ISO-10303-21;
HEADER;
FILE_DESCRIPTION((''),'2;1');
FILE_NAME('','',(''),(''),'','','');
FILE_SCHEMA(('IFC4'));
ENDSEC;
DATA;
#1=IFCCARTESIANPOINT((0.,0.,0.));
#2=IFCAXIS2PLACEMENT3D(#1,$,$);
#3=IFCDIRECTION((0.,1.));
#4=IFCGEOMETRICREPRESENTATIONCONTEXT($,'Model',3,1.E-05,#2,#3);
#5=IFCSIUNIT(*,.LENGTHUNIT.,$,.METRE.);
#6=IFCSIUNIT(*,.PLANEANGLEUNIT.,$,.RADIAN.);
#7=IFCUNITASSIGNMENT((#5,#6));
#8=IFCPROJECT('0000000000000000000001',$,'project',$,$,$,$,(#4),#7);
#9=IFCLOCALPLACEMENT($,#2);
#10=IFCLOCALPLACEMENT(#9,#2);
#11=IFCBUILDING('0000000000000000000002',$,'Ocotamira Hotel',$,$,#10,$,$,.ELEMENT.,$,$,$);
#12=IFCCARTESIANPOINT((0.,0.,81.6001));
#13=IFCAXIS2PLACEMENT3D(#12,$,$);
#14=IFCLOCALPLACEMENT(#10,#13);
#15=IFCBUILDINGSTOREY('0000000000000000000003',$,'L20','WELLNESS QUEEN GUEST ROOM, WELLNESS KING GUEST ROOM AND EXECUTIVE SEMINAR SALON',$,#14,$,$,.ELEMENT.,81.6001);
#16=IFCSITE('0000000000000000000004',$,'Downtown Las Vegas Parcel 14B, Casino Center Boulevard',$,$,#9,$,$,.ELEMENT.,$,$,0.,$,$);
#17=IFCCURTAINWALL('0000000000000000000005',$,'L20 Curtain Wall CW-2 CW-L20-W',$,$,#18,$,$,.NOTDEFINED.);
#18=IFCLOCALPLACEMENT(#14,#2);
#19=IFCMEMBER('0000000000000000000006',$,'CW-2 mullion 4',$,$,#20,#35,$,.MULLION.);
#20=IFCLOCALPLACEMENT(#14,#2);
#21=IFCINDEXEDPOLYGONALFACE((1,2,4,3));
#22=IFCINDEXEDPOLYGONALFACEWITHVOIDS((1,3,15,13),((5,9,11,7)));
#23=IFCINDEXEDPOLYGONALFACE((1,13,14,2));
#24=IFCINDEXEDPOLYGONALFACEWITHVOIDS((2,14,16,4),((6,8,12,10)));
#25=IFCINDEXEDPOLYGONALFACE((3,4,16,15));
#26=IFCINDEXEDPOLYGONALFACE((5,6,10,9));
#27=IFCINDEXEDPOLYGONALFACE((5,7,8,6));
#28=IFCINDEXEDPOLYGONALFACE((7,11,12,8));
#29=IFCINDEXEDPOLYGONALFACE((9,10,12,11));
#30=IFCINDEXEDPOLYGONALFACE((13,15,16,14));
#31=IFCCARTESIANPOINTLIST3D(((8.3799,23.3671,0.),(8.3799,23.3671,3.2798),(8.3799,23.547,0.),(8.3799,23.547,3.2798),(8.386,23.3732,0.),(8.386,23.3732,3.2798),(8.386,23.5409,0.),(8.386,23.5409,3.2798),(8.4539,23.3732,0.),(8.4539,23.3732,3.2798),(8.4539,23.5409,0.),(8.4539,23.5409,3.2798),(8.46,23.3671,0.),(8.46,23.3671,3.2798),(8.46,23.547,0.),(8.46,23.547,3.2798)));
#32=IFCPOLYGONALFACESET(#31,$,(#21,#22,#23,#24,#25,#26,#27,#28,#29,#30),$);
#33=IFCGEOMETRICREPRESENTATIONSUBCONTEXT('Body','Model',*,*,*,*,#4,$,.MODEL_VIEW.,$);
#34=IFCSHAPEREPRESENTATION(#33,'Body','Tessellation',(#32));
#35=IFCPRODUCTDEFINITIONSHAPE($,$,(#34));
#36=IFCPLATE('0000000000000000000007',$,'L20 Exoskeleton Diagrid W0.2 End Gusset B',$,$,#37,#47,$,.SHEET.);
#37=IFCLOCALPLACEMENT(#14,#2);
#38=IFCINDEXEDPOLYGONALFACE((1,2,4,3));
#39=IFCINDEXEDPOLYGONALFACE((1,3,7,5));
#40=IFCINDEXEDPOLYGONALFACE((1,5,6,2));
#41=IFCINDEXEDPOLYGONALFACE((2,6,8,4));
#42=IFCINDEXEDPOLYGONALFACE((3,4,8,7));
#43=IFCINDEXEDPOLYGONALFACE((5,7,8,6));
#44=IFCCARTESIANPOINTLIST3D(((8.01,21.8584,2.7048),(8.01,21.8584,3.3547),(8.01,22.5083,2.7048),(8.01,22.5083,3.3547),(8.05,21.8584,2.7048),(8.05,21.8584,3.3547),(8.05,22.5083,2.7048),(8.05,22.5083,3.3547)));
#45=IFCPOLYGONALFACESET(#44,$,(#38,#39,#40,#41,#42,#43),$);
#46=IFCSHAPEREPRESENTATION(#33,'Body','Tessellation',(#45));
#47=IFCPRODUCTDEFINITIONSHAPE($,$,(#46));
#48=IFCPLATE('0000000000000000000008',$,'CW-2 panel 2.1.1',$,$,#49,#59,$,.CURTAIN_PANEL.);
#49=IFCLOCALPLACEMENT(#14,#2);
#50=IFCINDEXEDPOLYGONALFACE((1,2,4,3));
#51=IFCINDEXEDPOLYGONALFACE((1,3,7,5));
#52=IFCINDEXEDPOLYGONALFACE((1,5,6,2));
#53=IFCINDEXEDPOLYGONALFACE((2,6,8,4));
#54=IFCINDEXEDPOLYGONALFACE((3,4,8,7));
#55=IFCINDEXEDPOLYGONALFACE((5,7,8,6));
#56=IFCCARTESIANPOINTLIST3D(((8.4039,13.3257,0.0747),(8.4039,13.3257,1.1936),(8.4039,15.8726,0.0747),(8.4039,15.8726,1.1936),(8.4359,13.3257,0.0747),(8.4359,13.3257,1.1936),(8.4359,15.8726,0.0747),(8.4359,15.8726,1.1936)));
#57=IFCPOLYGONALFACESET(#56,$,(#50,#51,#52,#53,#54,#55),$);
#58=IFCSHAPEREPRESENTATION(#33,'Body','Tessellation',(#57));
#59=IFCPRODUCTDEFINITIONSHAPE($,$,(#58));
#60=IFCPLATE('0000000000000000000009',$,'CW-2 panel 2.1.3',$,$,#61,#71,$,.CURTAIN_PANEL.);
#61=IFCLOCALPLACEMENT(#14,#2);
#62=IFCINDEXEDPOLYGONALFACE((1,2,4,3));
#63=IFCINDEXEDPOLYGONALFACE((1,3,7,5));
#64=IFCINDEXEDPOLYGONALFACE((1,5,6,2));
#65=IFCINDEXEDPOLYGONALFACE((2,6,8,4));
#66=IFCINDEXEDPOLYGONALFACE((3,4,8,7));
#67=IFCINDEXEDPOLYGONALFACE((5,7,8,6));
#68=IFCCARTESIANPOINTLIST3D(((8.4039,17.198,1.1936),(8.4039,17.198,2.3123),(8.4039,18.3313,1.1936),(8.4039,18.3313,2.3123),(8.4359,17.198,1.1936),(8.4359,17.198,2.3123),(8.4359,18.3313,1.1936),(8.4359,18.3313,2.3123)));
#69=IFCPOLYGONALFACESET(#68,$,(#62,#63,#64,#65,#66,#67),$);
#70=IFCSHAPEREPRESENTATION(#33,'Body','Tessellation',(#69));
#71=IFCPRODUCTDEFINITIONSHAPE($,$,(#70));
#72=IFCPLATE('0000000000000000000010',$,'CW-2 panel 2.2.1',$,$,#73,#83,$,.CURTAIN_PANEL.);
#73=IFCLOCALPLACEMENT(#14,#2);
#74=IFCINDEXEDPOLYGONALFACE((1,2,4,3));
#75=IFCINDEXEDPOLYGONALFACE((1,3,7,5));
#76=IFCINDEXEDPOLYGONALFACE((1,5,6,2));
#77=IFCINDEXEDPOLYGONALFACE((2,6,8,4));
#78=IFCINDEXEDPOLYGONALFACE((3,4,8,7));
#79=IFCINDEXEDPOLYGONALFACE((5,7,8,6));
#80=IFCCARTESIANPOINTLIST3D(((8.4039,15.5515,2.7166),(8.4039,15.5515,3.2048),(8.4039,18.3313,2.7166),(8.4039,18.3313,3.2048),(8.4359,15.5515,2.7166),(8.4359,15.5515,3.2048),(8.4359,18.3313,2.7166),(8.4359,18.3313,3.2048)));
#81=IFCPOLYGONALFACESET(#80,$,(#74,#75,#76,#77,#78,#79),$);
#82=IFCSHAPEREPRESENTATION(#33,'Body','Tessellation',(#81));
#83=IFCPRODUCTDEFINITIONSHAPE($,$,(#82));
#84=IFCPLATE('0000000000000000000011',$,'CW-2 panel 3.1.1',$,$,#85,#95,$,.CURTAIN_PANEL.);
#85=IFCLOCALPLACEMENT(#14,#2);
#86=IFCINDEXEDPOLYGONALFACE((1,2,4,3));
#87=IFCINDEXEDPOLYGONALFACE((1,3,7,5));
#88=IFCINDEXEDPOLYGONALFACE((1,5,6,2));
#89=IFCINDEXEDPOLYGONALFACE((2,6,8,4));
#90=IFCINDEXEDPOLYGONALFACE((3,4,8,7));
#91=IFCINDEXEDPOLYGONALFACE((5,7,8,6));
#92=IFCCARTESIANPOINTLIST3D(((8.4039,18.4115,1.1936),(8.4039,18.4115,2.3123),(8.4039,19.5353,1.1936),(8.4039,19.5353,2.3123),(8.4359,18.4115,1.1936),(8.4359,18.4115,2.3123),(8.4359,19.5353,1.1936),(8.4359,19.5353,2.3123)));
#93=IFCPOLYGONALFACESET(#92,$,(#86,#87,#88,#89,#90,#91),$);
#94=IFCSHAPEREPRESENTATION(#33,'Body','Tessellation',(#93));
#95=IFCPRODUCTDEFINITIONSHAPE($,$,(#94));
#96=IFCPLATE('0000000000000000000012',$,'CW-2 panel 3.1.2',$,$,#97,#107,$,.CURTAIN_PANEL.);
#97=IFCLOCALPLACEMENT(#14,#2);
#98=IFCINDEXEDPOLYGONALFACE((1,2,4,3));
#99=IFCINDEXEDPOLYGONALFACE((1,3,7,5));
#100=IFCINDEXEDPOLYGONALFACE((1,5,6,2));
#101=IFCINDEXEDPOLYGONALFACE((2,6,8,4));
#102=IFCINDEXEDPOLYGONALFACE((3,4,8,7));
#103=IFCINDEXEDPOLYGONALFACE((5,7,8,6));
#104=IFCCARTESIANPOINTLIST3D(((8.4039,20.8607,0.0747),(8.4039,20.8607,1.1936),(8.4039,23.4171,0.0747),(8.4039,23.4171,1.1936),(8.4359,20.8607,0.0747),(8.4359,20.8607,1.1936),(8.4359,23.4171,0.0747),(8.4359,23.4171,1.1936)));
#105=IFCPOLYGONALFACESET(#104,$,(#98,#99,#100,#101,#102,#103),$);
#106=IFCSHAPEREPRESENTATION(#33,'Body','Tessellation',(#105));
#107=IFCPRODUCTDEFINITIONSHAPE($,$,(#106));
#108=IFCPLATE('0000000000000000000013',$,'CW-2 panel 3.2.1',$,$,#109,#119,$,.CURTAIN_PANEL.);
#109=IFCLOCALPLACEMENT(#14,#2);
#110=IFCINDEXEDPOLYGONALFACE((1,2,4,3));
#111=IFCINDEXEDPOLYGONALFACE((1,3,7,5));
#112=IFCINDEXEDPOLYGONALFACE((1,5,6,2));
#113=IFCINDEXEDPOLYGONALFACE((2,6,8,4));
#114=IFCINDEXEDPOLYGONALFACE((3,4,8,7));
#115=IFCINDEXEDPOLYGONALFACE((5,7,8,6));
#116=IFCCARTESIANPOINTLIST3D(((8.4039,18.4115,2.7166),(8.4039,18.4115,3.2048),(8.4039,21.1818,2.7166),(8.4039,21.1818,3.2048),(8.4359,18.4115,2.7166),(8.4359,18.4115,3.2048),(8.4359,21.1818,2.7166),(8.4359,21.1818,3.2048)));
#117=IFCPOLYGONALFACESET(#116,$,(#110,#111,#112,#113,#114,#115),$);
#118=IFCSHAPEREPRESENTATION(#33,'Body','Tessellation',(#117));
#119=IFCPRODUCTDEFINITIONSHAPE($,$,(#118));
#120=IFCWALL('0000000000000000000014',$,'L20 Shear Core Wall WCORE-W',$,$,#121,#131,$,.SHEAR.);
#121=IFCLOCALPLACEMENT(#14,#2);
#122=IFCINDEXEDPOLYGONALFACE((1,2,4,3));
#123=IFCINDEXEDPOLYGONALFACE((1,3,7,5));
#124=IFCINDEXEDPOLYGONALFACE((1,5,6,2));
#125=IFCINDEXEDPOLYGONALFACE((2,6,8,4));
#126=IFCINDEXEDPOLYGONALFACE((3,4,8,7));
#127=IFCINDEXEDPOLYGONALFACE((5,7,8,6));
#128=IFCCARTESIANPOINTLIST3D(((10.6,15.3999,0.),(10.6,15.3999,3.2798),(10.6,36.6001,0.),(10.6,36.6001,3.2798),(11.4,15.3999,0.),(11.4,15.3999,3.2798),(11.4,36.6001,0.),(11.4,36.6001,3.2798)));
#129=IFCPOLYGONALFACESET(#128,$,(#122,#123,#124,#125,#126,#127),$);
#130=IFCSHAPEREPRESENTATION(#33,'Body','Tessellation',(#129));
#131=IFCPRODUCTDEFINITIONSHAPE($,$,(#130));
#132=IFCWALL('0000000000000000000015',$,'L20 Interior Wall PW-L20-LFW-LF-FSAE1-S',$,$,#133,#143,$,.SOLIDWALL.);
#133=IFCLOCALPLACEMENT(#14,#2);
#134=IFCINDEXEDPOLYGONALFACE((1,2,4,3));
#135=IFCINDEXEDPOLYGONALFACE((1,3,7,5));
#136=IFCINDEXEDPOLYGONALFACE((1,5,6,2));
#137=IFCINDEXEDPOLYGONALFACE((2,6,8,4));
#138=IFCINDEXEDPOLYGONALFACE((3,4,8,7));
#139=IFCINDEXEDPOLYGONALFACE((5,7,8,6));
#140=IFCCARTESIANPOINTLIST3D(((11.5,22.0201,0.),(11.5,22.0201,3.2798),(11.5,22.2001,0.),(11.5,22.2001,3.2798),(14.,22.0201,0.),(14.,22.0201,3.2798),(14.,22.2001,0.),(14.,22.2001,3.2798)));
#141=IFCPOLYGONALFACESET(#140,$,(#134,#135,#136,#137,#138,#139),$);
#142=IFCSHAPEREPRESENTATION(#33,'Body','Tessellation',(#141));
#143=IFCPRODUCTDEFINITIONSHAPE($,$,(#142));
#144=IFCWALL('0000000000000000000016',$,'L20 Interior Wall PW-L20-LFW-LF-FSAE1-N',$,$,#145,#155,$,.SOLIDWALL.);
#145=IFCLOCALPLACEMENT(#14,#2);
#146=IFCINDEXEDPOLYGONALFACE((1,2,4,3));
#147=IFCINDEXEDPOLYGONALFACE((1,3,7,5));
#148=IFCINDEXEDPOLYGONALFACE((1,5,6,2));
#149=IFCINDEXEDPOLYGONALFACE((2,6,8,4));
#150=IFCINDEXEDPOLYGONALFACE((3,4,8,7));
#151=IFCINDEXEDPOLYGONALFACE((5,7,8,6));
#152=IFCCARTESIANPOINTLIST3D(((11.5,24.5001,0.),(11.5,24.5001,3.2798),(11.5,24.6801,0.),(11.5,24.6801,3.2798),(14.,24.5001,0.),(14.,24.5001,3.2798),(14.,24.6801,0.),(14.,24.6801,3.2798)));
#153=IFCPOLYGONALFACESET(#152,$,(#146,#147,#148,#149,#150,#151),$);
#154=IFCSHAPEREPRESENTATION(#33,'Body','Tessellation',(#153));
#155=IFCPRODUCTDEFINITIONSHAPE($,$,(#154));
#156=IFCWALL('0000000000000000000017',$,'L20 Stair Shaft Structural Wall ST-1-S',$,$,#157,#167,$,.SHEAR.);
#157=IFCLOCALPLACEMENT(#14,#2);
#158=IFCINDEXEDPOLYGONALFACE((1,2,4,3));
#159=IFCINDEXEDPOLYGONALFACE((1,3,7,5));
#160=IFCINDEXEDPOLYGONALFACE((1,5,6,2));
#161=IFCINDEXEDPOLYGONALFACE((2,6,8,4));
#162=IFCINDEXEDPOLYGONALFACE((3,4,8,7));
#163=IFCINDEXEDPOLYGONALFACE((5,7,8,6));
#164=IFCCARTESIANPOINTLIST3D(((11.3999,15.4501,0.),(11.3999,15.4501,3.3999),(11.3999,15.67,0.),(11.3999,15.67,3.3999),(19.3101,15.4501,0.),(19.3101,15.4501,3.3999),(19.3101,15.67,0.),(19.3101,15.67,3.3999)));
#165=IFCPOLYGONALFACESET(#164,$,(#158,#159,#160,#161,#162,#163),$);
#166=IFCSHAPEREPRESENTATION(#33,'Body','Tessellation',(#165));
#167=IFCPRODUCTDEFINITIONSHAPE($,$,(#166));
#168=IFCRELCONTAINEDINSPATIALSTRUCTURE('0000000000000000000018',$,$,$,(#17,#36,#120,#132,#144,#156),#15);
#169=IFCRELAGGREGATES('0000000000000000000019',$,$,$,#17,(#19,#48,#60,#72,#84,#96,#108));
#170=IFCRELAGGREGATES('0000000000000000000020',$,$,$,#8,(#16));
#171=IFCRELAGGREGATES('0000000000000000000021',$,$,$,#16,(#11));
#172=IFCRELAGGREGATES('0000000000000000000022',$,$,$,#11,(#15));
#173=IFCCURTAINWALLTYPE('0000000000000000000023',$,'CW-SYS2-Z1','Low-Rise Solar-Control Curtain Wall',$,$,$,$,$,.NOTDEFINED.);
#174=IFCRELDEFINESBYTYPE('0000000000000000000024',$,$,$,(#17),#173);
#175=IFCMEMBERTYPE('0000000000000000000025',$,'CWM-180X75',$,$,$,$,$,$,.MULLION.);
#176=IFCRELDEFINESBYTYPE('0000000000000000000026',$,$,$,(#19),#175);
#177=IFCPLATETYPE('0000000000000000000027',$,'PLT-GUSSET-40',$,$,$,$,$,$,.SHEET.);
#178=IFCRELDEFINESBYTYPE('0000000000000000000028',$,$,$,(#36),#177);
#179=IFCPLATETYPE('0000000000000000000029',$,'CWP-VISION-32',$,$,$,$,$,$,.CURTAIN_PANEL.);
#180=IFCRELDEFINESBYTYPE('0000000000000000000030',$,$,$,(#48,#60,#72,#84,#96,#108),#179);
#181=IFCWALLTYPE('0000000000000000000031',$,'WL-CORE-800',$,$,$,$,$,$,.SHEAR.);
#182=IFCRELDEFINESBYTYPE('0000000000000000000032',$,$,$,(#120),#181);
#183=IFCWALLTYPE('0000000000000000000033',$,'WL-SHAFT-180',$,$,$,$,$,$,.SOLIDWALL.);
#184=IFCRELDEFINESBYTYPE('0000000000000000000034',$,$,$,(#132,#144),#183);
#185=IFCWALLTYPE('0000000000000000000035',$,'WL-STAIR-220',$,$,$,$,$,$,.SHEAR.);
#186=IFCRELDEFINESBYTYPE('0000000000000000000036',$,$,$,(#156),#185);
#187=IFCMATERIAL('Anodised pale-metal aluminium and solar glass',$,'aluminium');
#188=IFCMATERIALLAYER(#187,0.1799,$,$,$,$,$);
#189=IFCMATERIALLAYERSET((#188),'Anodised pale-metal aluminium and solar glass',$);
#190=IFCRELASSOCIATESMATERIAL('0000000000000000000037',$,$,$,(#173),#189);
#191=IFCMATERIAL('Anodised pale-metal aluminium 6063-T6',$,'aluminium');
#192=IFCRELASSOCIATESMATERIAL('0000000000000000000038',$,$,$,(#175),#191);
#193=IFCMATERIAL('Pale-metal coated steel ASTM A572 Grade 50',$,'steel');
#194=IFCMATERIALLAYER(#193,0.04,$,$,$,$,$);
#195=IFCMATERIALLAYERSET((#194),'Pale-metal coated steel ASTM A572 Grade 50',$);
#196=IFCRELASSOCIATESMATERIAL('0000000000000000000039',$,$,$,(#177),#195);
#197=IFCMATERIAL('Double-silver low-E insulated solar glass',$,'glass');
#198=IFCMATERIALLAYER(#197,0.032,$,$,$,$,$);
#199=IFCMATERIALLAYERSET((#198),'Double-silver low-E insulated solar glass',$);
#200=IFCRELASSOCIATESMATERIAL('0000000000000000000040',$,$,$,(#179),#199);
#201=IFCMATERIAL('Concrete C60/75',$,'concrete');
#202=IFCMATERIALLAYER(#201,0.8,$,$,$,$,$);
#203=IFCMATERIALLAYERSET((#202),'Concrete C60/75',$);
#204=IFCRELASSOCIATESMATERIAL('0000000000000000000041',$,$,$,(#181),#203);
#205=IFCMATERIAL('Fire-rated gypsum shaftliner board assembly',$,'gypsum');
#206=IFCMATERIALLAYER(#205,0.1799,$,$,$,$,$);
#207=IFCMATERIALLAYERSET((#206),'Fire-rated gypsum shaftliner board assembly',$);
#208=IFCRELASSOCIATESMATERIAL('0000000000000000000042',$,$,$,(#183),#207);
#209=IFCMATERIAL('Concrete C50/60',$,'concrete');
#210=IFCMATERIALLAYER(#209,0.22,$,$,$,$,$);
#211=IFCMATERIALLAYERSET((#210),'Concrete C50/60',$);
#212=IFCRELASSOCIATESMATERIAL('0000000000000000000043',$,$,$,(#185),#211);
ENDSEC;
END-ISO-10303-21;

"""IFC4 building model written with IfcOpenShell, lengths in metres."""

from ifc_helpers import new_model, si_unit, direction, frame, frame_2d, origin, origin_2d, place, context, subcontext, project, spatial, rectangle, hollow_rectangle, extrude, source, transform, mapped, material, layer, layer_set, material_profile, profile_set, type_object, element, aggregate, save


model = new_model("IFC4")

# Units and contexts
model_context = context("Model", 3, precision=1e-05, world=origin(), true_north=direction((0.0, 1.0)))
body_context = subcontext(model_context, "Body", "Model", "MODEL_VIEW")
ifc_project = project(units=[si_unit("LENGTHUNIT", "METRE"), si_unit("PLANEANGLEUNIT", "RADIAN")], contexts=[model_context])

# Site, building, storey
site_placement = place(None, origin())
site = spatial("IfcSite", under=ifc_project, at=site_placement, Name="Downtown Las Vegas Parcel 14B, Casino Center Boulevard", CompositionType="ELEMENT", RefElevation=0.0)
building_placement = place(site_placement, origin())
building = spatial("IfcBuilding", under=site, at=building_placement, Name="Ocotamira Hotel", CompositionType="ELEMENT")
storey_placement = place(building_placement, frame((0.0, 0.0, 81.6001)))
storey = spatial("IfcBuildingStorey", under=building, at=storey_placement, Name="L20", Description="WELLNESS QUEEN GUEST ROOM, WELLNESS KING GUEST ROOM AND EXECUTIVE SEMINAR SALON", CompositionType="ELEMENT", Elevation=81.6001)

# Shared definitions
ifc_material_1 = material(Name="Concrete C60/75", Category="concrete")

# Curtain wall, member
ifc_material_2 = material(Name="Anodised pale-metal aluminium and solar glass", Category="aluminium")
ifc_layer_1 = layer(ifc_material_2, 0.1799)
ifc_layer_set_1 = layer_set([ifc_layer_1], Name="Anodised pale-metal aluminium and solar glass")
curtain_wall_type = type_object("IfcCurtainWallType", Name="CW-SYS2-Z1", Description="Low-Rise Solar-Control Curtain Wall", PredefinedType="NOTDEFINED", material=ifc_layer_set_1)
curtain_wall_placement = place(storey_placement, origin())
curtain_wall = element("IfcCurtainWall", 1, at=curtain_wall_placement, inside=storey, type_object=curtain_wall_type, Name="L20 Curtain Wall CW-2 CW-L20-W", PredefinedType="NOTDEFINED")
ifc_material_3 = material(Name="Anodised pale-metal aluminium 6063-T6", Category="aluminium")
ifc_material_profile_1 = material_profile(ifc_material_3, hollow_rectangle(XDim=0.0801, YDim=0.1799, WallThickness=0.0061, at=origin_2d()), Name="HSS180X80X6")
ifc_profile_set_1 = profile_set([ifc_material_profile_1], Name="Anodised pale-metal aluminium 6063-T6")
member_type_1 = type_object("IfcMemberType", Name="CWM-180X75", PredefinedType="MULLION", material=ifc_profile_set_1)
shared_shape_1 = source(origin(), body_context, "Body", "SweptSolid", [
    extrude(hollow_rectangle(XDim=0.0801, YDim=0.1799, WallThickness=0.0061, at=origin_2d()), origin(), (0.0, 0.0, 1.0), 3.2798),
])
member_1_placement = place(storey_placement, frame((8.4199, 23.457, 0.0), z_axis=(0.0, 0.0, 1.0), x_axis=(-1.0, 0.0, 0.0)))
member_1 = element("IfcMember", 2, at=member_1_placement, type_object=member_type_1, Name="CW-2 mullion 4", PredefinedType="MULLION", context=body_context, shape_type="MappedRepresentation", body=[
    mapped(shared_shape_1, transform((0.0, 0.0, 0.0), scale=1.0)),
])

# Plates
ifc_material_4 = material(Name="Pale-metal coated steel ASTM A572 Grade 50", Category="steel")
ifc_layer_2 = layer(ifc_material_4, 0.04)
ifc_layer_set_2 = layer_set([ifc_layer_2], Name="Pale-metal coated steel ASTM A572 Grade 50")
plate_type_1 = type_object("IfcPlateType", Name="PLT-GUSSET-40", PredefinedType="SHEET", material=ifc_layer_set_2)
shared_shape_2 = source(origin(), body_context, "Body", "SweptSolid", [
    extrude(rectangle(XDim=0.04, YDim=0.6499, at=origin_2d()), origin(), (0.0, 0.0, 1.0), 0.6499),
])
plate_1_placement = place(storey_placement, frame((8.03, 22.1833, 2.7048), z_axis=(0.0, 0.0, 1.0), x_axis=(1.0, 0.0, 0.0)))
element("IfcPlate", 3, at=plate_1_placement, inside=storey, type_object=plate_type_1, Name="L20 Exoskeleton Diagrid W0.2 End Gusset B", PredefinedType="SHEET", context=body_context, shape_type="MappedRepresentation", body=[
    mapped(shared_shape_2, transform((0.0, 0.0, 0.0), scale=1.0)),
])
ifc_material_5 = material(Name="Double-silver low-E insulated solar glass", Category="glass")
ifc_layer_3 = layer(ifc_material_5, 0.032)
ifc_layer_set_3 = layer_set([ifc_layer_3], Name="Double-silver low-E insulated solar glass")
plate_type_2 = type_object("IfcPlateType", Name="CWP-VISION-32", PredefinedType="CURTAIN_PANEL", material=ifc_layer_set_3)
shared_shape_3 = source(origin(), body_context, "Body", "SweptSolid", [
    extrude(rectangle(XDim=2.5469, YDim=0.032, at=origin_2d()), origin(), (0.0, 0.0, 1.0), 1.1189),
])
plate_2_placement = place(storey_placement, frame((8.4199, 14.5991, 0.0747), z_axis=(0.0, 0.0, 1.0), x_axis=(0.0, 1.0, 0.0)))
plate_2 = element("IfcPlate", 4, at=plate_2_placement, type_object=plate_type_2, Name="CW-2 panel 2.1.1", PredefinedType="CURTAIN_PANEL", context=body_context, shape_type="MappedRepresentation", body=[
    mapped(shared_shape_3, transform((0.0, 0.0, 0.0), scale=1.0)),
])
shared_shape_4 = source(origin(), body_context, "Body", "SweptSolid", [
    extrude(rectangle(XDim=1.1333, YDim=0.032, at=origin_2d()), origin(), (0.0, 0.0, 1.0), 1.1187),
])
plate_3_placement = place(storey_placement, frame((8.4199, 17.7646, 1.1936), z_axis=(0.0, 0.0, 1.0), x_axis=(0.0, 1.0, 0.0)))
plate_3 = element("IfcPlate", 5, at=plate_3_placement, type_object=plate_type_2, Name="CW-2 panel 2.1.3", PredefinedType="CURTAIN_PANEL", context=body_context, shape_type="MappedRepresentation", body=[
    mapped(shared_shape_4, transform((0.0, 0.0, 0.0), scale=1.0)),
])
shared_shape_5 = source(origin(), body_context, "Body", "SweptSolid", [
    extrude(rectangle(XDim=2.7798, YDim=0.032, at=origin_2d()), origin(), (0.0, 0.0, 1.0), 0.4883),
])
plate_4_placement = place(storey_placement, frame((8.4199, 16.9414, 2.7166), z_axis=(0.0, 0.0, 1.0), x_axis=(0.0, 1.0, 0.0)))
plate_4 = element("IfcPlate", 6, at=plate_4_placement, type_object=plate_type_2, Name="CW-2 panel 2.2.1", PredefinedType="CURTAIN_PANEL", context=body_context, shape_type="MappedRepresentation", body=[
    mapped(shared_shape_5, transform((0.0, 0.0, 0.0), scale=1.0)),
])
shared_shape_6 = source(origin(), body_context, "Body", "SweptSolid", [
    extrude(rectangle(XDim=1.1238, YDim=0.032, at=origin_2d()), origin(), (0.0, 0.0, 1.0), 1.1187),
])
plate_5_placement = place(storey_placement, frame((8.4199, 18.9734, 1.1936), z_axis=(0.0, 0.0, 1.0), x_axis=(0.0, 1.0, 0.0)))
plate_5 = element("IfcPlate", 7, at=plate_5_placement, type_object=plate_type_2, Name="CW-2 panel 3.1.1", PredefinedType="CURTAIN_PANEL", context=body_context, shape_type="MappedRepresentation", body=[
    mapped(shared_shape_6, transform((0.0, 0.0, 0.0), scale=1.0)),
])
shared_shape_7 = source(origin(), body_context, "Body", "SweptSolid", [
    extrude(rectangle(XDim=2.5564, YDim=0.032, at=origin_2d()), origin(), (0.0, 0.0, 1.0), 1.1189),
])
plate_6_placement = place(storey_placement, frame((8.4199, 22.1389, 0.0747), z_axis=(0.0, 0.0, 1.0), x_axis=(0.0, 1.0, 0.0)))
plate_6 = element("IfcPlate", 8, at=plate_6_placement, type_object=plate_type_2, Name="CW-2 panel 3.1.2", PredefinedType="CURTAIN_PANEL", context=body_context, shape_type="MappedRepresentation", body=[
    mapped(shared_shape_7, transform((0.0, 0.0, 0.0), scale=1.0)),
])
shared_shape_8 = source(origin(), body_context, "Body", "SweptSolid", [
    extrude(rectangle(XDim=2.7703, YDim=0.032, at=origin_2d()), origin(), (0.0, 0.0, 1.0), 0.4883),
])
plate_7_placement = place(storey_placement, frame((8.4199, 19.7966, 2.7166), z_axis=(0.0, 0.0, 1.0), x_axis=(0.0, 1.0, 0.0)))
plate_7 = element("IfcPlate", 9, at=plate_7_placement, type_object=plate_type_2, Name="CW-2 panel 3.2.1", PredefinedType="CURTAIN_PANEL", context=body_context, shape_type="MappedRepresentation", body=[
    mapped(shared_shape_8, transform((0.0, 0.0, 0.0), scale=1.0)),
])
aggregate(curtain_wall, [member_1, plate_2, plate_3, plate_4, plate_5, plate_6, plate_7])

# Shared definitions
ifc_layer_4 = layer(ifc_material_1, 0.8)
ifc_layer_set_4 = layer_set([ifc_layer_4], Name="Concrete C60/75")
wall_type_1 = type_object("IfcWallType", Name="WL-CORE-800", PredefinedType="SHEAR", material=ifc_layer_set_4)

# Walls
wall_1_placement = place(storey_placement, frame((11.0, 15.3999, 0.0), z_axis=(0.0, 0.0, 1.0), x_axis=(0.0, 1.0, 0.0)))
element("IfcWall", 10, at=wall_1_placement, inside=storey, type_object=wall_type_1, Name="L20 Shear Core Wall WCORE-W", PredefinedType="SHEAR", context=body_context, shape_type="SweptSolid", body=[
    extrude(rectangle(XDim=21.2002, YDim=0.8, at=frame_2d((10.6001, 0.0))), origin(), (0.0, 0.0, 1.0), 3.2798),
])
ifc_material_6 = material(Name="Fire-rated gypsum shaftliner board assembly", Category="gypsum")
ifc_layer_5 = layer(ifc_material_6, 0.1799)
ifc_layer_set_5 = layer_set([ifc_layer_5], Name="Fire-rated gypsum shaftliner board assembly")
wall_type_2 = type_object("IfcWallType", Name="WL-SHAFT-180", PredefinedType="SOLIDWALL", material=ifc_layer_set_5)
for number, where, z_axis, x_axis, name in (
    (11, (11.5, 22.1101, 0.0), (0.0, 0.0, 1.0), (1.0, 0.0, 0.0), "L20 Interior Wall PW-L20-LFW-LF-FSAE1-S"),
    (12, (11.5, 24.5901, 0.0), (0.0, 0.0, 1.0), (1.0, 0.0, 0.0), "L20 Interior Wall PW-L20-LFW-LF-FSAE1-N"),
):
    element("IfcWall", number, at=place(storey_placement, frame(where, z_axis=z_axis, x_axis=x_axis)), inside=storey, type_object=wall_type_2, Name=name, PredefinedType="SOLIDWALL", context=body_context, shape_type="SweptSolid", body=[
        extrude(rectangle(XDim=2.5, YDim=0.1799, at=frame_2d((1.25, 0.0))), origin(), (0.0, 0.0, 1.0), 3.2798),
    ])
ifc_material_7 = material(Name="Concrete C50/60", Category="concrete")
ifc_layer_6 = layer(ifc_material_7, 0.22)
ifc_layer_set_6 = layer_set([ifc_layer_6], Name="Concrete C50/60")
wall_type_3 = type_object("IfcWallType", Name="WL-STAIR-220", PredefinedType="SHEAR", material=ifc_layer_set_6)
wall_2_placement = place(storey_placement, frame((11.3999, 15.5601, 0.0), z_axis=(0.0, 0.0, 1.0), x_axis=(1.0, 0.0, 0.0)))
element("IfcWall", 13, at=wall_2_placement, inside=storey, type_object=wall_type_3, Name="L20 Stair Shaft Structural Wall ST-1-S", PredefinedType="SHEAR", context=body_context, shape_type="SweptSolid", body=[
    extrude(rectangle(XDim=7.9102, YDim=0.22, at=frame_2d((3.9551, 0.0))), origin(), (0.0, 0.0, 1.0), 3.3999),
])

save(model, "model.ifc")
